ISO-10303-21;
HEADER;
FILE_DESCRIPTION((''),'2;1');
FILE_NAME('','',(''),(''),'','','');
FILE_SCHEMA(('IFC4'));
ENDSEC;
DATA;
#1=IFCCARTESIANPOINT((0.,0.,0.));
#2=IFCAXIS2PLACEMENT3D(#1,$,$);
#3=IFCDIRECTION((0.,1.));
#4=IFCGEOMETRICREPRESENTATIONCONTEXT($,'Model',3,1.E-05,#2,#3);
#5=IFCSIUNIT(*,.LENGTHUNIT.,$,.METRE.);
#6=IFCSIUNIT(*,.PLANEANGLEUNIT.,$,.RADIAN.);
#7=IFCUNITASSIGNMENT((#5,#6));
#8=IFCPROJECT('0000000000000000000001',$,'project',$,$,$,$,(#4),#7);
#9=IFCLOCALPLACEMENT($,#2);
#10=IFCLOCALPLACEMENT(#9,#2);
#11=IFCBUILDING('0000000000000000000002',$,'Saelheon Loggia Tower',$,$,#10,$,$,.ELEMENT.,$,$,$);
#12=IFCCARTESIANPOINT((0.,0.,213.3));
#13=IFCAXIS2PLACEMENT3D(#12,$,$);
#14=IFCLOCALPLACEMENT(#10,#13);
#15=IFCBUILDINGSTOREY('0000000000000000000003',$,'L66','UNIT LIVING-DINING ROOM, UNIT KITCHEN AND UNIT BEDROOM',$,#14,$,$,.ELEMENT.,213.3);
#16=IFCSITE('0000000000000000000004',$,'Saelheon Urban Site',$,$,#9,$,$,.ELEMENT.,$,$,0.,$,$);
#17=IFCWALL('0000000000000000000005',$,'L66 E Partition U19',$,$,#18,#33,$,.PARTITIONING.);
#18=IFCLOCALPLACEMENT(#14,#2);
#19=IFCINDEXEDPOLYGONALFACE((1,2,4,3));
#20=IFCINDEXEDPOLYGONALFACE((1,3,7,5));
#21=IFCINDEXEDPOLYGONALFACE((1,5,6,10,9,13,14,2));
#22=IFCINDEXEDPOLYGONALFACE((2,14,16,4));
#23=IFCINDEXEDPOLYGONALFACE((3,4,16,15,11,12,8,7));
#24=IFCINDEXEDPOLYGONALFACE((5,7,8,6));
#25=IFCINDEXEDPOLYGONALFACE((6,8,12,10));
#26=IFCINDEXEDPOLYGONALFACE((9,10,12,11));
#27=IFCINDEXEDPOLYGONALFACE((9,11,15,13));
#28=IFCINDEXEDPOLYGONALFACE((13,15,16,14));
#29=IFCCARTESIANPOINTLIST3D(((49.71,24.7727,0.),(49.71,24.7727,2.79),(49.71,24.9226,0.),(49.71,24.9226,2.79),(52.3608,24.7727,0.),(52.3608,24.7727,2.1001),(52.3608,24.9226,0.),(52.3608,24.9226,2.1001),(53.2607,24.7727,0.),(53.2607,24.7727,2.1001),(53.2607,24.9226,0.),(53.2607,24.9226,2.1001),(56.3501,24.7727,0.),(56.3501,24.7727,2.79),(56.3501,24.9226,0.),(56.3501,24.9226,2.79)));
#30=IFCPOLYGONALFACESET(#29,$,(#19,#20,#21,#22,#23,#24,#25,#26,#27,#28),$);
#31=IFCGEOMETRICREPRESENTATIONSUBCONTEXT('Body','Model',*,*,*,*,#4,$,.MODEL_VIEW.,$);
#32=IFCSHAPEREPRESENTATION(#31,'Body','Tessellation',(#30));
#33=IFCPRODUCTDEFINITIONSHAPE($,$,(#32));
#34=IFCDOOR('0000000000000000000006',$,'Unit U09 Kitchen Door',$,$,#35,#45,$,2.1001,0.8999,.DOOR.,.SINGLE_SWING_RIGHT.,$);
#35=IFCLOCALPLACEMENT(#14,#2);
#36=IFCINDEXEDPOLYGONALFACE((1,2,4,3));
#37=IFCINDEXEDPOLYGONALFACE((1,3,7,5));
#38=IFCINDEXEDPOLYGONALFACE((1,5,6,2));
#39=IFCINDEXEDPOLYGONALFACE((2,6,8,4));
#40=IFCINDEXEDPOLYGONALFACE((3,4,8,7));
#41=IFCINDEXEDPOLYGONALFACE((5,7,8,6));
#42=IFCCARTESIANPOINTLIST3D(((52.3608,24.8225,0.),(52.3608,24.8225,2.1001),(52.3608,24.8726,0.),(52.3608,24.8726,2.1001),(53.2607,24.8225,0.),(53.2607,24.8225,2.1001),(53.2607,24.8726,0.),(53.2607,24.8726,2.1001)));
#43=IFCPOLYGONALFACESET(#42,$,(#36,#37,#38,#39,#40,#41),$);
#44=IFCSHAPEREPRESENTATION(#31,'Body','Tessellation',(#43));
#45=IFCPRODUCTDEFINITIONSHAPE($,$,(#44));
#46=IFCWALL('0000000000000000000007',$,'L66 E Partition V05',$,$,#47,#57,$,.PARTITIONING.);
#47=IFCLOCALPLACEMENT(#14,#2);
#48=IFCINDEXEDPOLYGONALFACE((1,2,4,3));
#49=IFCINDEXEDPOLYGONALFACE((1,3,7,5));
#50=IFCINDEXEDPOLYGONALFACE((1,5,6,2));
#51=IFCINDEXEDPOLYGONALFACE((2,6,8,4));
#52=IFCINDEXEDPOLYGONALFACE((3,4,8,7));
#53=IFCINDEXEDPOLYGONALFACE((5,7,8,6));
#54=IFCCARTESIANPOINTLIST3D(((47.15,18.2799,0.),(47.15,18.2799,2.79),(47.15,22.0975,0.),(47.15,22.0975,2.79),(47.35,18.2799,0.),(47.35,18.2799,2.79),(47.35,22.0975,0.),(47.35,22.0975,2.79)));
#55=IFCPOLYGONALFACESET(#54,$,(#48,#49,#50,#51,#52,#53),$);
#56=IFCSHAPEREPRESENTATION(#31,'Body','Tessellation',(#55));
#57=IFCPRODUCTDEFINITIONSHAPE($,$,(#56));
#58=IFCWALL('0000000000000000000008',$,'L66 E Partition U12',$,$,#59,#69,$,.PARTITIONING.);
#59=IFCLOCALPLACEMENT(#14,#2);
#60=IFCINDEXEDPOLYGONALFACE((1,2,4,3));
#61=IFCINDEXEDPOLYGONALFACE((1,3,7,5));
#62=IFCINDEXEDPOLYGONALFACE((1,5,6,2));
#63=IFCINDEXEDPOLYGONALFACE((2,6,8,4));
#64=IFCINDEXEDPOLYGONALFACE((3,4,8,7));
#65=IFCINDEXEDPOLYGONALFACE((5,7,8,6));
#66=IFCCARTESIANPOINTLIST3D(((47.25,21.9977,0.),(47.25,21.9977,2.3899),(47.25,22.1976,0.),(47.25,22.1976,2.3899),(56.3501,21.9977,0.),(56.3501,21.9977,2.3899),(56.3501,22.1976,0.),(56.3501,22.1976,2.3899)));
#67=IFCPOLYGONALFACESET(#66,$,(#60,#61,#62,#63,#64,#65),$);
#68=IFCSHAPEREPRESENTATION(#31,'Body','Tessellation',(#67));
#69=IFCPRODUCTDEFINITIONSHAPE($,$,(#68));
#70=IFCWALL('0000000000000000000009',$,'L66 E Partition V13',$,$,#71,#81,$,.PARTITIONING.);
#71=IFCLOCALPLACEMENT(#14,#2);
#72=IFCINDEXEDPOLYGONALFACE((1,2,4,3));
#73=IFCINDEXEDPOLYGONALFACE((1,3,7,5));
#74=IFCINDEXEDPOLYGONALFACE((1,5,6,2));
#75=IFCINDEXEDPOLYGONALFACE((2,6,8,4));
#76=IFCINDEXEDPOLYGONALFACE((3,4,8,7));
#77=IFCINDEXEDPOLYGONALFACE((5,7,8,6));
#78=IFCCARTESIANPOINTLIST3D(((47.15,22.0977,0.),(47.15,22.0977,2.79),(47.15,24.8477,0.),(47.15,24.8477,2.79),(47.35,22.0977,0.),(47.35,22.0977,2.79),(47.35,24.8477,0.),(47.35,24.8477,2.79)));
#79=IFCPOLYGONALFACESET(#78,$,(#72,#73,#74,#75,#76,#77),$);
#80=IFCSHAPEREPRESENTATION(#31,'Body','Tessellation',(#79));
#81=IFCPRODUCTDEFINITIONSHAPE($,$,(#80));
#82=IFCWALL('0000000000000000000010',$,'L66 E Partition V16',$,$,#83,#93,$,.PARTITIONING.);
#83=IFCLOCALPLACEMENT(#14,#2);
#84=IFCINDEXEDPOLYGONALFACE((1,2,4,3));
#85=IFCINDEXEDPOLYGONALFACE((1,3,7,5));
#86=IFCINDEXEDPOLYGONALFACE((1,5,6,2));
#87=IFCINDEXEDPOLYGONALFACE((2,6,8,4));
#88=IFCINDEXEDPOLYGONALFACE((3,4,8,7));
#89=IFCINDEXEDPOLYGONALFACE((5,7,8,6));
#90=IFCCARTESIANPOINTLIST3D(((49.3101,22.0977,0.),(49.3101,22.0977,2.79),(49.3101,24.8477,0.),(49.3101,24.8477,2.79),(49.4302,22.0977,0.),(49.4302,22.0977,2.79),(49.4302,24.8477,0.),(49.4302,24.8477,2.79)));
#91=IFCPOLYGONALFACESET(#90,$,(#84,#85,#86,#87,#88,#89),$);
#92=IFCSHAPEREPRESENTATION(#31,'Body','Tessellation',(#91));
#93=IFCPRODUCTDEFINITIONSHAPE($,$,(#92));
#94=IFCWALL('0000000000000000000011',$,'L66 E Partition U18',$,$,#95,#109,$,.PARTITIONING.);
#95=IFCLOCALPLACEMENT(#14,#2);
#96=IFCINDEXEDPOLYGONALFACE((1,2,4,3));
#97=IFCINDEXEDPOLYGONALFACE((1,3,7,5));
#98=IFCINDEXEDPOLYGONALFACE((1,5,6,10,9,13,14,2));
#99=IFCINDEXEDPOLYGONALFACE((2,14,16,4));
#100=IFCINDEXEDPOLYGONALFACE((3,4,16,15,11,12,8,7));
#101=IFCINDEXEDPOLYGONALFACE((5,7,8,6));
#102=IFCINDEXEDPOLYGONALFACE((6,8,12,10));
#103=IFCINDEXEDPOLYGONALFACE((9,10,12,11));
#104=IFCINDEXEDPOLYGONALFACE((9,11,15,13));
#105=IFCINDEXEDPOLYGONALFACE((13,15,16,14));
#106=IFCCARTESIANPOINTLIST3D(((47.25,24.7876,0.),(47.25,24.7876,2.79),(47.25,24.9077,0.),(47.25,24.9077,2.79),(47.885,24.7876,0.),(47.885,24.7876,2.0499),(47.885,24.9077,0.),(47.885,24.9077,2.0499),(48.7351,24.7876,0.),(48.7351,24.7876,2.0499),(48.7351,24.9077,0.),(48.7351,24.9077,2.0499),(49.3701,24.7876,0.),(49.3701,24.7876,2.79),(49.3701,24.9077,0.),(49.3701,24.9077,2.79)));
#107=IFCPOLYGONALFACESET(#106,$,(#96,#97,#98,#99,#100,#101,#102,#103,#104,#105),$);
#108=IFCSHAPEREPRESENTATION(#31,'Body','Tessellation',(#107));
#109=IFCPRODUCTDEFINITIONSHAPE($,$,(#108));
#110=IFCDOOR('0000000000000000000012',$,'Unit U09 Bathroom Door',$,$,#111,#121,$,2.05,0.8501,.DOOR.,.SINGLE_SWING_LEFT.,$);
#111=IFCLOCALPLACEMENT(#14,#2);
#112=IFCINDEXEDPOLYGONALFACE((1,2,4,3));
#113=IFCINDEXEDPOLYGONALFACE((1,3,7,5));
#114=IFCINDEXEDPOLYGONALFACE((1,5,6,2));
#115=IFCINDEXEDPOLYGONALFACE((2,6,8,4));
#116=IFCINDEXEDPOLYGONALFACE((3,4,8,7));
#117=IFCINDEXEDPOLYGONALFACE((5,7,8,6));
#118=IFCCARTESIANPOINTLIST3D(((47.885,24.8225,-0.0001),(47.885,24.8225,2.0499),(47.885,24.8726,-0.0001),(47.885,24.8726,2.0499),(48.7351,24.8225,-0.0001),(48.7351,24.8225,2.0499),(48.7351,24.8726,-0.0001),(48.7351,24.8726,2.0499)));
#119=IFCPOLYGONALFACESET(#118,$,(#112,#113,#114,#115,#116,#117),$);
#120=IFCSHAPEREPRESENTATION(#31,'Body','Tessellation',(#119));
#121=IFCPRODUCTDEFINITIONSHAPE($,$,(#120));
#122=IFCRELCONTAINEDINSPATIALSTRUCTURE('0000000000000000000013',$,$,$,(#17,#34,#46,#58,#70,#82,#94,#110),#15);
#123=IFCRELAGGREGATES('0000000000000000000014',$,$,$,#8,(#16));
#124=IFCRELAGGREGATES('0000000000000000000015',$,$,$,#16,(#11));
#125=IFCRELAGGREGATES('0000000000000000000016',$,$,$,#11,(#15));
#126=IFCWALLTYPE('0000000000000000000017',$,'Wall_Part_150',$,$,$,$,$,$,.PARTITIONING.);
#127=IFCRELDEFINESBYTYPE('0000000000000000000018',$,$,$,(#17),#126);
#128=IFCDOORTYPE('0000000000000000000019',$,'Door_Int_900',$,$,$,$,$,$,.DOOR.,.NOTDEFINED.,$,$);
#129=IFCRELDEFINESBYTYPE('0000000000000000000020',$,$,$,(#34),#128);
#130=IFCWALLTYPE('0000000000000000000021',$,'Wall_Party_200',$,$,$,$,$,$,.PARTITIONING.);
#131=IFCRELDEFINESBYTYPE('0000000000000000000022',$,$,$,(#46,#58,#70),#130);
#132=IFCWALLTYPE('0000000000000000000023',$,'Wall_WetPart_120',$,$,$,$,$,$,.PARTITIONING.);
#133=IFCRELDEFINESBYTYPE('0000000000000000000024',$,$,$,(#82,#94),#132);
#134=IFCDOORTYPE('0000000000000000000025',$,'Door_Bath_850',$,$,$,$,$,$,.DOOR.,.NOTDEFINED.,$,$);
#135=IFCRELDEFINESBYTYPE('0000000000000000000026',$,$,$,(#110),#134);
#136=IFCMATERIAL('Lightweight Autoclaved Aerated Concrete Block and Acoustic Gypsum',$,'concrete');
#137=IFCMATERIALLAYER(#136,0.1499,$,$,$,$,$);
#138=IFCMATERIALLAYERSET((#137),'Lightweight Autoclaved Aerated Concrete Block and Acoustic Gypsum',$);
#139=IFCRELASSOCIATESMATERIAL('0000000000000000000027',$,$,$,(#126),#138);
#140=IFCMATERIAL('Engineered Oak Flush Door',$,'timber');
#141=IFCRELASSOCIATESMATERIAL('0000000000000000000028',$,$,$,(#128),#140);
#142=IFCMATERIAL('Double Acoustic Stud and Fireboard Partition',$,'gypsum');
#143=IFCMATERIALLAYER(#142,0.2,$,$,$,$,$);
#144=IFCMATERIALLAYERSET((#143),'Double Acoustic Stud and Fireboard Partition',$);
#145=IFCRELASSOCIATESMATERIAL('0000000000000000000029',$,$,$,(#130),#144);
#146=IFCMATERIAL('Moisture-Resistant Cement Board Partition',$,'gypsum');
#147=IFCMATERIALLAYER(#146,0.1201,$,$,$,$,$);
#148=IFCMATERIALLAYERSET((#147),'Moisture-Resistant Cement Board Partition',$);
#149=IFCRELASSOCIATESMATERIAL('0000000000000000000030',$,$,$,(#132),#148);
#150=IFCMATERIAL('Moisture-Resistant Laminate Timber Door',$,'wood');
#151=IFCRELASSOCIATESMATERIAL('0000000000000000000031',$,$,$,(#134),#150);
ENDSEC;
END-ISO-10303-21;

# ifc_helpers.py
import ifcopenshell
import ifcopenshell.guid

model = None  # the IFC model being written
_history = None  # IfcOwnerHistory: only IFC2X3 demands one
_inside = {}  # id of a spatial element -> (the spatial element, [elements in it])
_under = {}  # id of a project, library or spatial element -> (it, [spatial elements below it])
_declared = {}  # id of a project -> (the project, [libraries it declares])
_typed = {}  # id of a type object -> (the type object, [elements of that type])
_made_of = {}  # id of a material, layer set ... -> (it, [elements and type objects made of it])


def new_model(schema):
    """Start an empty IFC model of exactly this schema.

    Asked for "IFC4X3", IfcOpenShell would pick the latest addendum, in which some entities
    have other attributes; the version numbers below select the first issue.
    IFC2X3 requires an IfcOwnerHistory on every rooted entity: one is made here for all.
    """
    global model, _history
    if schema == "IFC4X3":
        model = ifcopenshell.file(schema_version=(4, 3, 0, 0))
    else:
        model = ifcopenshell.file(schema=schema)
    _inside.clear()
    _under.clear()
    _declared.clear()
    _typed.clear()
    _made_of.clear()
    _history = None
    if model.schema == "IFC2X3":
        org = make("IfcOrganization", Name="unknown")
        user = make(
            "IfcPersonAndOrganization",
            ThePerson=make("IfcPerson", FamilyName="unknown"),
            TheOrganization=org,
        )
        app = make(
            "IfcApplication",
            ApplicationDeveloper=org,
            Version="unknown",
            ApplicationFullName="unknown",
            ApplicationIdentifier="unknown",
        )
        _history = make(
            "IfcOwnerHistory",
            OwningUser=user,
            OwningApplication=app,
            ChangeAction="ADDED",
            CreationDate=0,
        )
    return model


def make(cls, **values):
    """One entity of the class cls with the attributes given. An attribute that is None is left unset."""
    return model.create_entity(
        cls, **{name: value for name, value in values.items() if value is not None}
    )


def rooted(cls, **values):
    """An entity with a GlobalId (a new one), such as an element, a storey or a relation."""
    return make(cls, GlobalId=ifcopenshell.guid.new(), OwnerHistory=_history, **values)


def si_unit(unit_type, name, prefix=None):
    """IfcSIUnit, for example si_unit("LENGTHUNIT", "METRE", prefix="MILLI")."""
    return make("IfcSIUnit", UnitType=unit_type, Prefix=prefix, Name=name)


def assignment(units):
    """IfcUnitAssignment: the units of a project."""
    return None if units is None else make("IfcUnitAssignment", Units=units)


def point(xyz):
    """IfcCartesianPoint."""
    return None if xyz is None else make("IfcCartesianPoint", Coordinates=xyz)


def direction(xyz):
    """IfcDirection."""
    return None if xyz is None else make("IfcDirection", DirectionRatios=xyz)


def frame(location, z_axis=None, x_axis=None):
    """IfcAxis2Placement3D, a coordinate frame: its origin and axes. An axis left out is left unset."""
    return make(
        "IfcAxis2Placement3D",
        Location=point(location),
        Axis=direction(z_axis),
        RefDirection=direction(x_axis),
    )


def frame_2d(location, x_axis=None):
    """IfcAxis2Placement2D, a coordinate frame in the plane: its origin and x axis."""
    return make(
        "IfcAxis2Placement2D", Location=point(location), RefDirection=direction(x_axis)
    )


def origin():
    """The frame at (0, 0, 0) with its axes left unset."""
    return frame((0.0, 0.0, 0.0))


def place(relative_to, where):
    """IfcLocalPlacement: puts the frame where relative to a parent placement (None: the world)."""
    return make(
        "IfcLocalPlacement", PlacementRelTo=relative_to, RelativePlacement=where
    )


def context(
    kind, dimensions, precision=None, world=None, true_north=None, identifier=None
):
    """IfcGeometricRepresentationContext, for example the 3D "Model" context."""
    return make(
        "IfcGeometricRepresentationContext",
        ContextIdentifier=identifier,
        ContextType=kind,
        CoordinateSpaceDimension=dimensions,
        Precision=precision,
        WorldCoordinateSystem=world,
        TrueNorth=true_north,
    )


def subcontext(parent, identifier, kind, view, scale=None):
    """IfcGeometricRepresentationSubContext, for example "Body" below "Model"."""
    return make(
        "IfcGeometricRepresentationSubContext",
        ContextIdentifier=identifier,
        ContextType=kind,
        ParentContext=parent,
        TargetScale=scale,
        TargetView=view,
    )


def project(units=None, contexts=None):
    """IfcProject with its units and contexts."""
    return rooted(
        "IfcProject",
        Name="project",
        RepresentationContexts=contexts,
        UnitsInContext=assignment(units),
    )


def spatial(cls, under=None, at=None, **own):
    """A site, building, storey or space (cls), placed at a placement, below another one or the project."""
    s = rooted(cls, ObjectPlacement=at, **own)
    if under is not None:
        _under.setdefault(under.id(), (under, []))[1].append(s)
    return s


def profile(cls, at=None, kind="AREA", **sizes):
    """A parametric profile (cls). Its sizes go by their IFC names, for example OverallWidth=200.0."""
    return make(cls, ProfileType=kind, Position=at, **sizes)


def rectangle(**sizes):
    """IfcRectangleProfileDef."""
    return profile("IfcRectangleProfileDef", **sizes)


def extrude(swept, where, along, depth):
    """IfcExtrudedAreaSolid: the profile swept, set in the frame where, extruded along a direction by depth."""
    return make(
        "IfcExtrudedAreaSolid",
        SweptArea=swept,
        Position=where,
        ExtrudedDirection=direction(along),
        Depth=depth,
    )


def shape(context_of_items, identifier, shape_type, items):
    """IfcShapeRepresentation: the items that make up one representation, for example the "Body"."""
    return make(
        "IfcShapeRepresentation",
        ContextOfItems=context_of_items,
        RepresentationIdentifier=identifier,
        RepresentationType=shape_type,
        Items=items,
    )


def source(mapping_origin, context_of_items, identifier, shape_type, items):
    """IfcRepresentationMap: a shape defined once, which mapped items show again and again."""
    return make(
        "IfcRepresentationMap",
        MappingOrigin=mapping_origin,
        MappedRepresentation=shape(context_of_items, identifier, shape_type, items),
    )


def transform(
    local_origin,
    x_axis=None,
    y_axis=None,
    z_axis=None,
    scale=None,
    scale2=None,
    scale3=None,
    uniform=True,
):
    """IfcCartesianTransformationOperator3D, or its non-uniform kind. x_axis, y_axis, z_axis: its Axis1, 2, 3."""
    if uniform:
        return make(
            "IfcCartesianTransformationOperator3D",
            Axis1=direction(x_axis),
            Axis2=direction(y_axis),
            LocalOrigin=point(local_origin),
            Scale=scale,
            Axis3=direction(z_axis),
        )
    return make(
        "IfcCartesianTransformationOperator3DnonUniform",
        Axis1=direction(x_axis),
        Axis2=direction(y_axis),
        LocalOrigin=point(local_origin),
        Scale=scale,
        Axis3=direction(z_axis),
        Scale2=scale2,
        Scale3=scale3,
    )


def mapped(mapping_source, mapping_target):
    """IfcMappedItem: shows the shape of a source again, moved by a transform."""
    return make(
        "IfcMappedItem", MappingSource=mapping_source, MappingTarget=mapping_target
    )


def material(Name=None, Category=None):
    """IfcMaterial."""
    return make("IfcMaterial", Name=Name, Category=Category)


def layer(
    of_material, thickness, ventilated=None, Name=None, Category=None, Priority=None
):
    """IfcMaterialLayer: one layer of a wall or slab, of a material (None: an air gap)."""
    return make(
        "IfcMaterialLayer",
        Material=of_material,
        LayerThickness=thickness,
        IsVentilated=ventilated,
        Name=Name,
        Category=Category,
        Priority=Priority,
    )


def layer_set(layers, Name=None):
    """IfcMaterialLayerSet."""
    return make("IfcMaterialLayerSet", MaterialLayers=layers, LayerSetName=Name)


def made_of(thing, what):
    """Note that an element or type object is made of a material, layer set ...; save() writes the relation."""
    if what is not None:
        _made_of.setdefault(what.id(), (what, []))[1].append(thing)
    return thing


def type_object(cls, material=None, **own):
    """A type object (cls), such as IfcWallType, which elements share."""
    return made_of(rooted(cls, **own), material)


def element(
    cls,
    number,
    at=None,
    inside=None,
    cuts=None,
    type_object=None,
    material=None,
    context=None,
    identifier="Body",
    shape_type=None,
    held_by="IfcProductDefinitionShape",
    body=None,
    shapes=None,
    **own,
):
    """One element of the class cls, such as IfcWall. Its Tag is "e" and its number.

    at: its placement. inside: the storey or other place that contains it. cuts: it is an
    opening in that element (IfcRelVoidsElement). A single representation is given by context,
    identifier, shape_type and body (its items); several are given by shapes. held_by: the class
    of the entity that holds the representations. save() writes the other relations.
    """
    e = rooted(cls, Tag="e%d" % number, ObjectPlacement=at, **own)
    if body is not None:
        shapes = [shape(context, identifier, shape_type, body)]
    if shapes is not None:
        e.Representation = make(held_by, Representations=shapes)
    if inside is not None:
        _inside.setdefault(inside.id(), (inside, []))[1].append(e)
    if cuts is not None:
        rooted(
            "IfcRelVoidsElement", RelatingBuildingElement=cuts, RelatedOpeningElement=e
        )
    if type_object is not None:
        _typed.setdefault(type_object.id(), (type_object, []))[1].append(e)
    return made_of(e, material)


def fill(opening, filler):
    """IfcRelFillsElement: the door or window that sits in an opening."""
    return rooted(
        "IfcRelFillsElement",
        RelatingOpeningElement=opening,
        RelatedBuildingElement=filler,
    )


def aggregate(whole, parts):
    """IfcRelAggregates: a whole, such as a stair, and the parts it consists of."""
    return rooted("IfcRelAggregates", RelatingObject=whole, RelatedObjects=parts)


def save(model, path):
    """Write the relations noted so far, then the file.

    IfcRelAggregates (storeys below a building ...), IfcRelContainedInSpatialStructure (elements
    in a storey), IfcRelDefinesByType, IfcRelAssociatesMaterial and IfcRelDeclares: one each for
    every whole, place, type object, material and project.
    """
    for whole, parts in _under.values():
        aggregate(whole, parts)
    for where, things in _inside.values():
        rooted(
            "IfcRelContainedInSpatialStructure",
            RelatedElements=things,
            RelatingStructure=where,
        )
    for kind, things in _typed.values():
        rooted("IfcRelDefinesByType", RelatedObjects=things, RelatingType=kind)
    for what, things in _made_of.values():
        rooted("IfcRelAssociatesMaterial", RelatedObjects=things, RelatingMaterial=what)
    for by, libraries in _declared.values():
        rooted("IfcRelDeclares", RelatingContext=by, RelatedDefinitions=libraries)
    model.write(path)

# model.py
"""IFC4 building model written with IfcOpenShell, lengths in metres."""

from ifc_helpers import new_model, si_unit, direction, frame, frame_2d, origin, place, context, subcontext, project, spatial, rectangle, extrude, source, transform, mapped, material, layer, layer_set, type_object, element, fill, save


model = new_model("IFC4")

# Units and contexts
model_context = context("Model", 3, precision=1e-05, world=origin(), true_north=direction((0.0, 1.0)))
body_context = subcontext(model_context, "Body", "Model", "MODEL_VIEW")
ifc_project = project(units=[si_unit("LENGTHUNIT", "METRE"), si_unit("PLANEANGLEUNIT", "RADIAN")], contexts=[model_context])

# Site, building, storey
site_placement = place(None, origin())
site = spatial("IfcSite", under=ifc_project, at=site_placement, Name="Saelheon Urban Site", CompositionType="ELEMENT", RefElevation=0.0)
building_placement = place(site_placement, origin())
building = spatial("IfcBuilding", under=site, at=building_placement, Name="Saelheon Loggia Tower", CompositionType="ELEMENT")
storey_placement = place(building_placement, frame((0.0, 0.0, 213.3)))
storey = spatial("IfcBuildingStorey", under=building, at=storey_placement, Name="L66", Description="UNIT LIVING-DINING ROOM, UNIT KITCHEN AND UNIT BEDROOM", CompositionType="ELEMENT", Elevation=213.3)

# Shared definitions
ifc_material_1 = material(Name="Lightweight Autoclaved Aerated Concrete Block and Acoustic Gypsum", Category="concrete")
ifc_layer_1 = layer(ifc_material_1, 0.1499)
ifc_layer_set_1 = layer_set([ifc_layer_1], Name="Lightweight Autoclaved Aerated Concrete Block and Acoustic Gypsum")
wall_type_1 = type_object("IfcWallType", Name="Wall_Part_150", PredefinedType="PARTITIONING", material=ifc_layer_set_1)

# Wall, opening, door
ifc_material_2 = material(Name="Engineered Oak Flush Door", Category="timber")
door_type_1 = type_object("IfcDoorType", Name="Door_Int_900", OperationType="NOTDEFINED", PredefinedType="DOOR", material=ifc_material_2)
shared_shape_1 = source(origin(), body_context, "Body", "SweptSolid", [
    extrude(rectangle(XDim=0.8999, YDim=2.1001, at=frame_2d((0.45, 1.05))), frame((0.0, 0.0249, 0.0), z_axis=(0.0, -1.0, 0.0), x_axis=(1.0, 0.0, 0.0)), (0.0, 0.0, 1.0), 0.05),
])
wall_1_placement = place(storey_placement, frame((49.71, 24.8477, 0.0), z_axis=(0.0, 0.0, 1.0), x_axis=(1.0, 0.0, 0.0)))
wall_1 = element("IfcWall", 1, at=wall_1_placement, inside=storey, type_object=wall_type_1, Name="L66 E Partition U19", PredefinedType="PARTITIONING", context=body_context, shape_type="SweptSolid", body=[
    extrude(rectangle(XDim=6.6401, YDim=0.1499, at=frame_2d((3.3201, 0.0))), origin(), (0.0, 0.0, 1.0), 2.79),
])
opening_1_placement = place(wall_1_placement, frame((2.6509, 0.0, 0.0)))
opening_1 = element("IfcOpeningElement", 2, at=opening_1_placement, cuts=wall_1, PredefinedType="OPENING", context=body_context, shape_type="SweptSolid", body=[
    extrude(rectangle(XDim=0.8999, YDim=2.1001, at=frame_2d((0.45, 1.05))), frame((0.0, 0.0869, 0.0), z_axis=(0.0, -1.0, 0.0), x_axis=(1.0, 0.0, 0.0)), (0.0, 0.0, 1.0), 0.1738),
])
door_1_placement = place(opening_1_placement, origin())
door_1 = element("IfcDoor", 3, at=door_1_placement, inside=storey, type_object=door_type_1, Name="Unit U09 Kitchen Door", OperationType="SINGLE_SWING_RIGHT", OverallHeight=2.1001, OverallWidth=0.8999, PredefinedType="DOOR", context=body_context, shape_type="MappedRepresentation", body=[
    mapped(shared_shape_1, transform((0.0, 0.0, 0.0), scale=1.0)),
])
fill(opening_1, door_1)

# Walls
ifc_material_3 = material(Name="Double Acoustic Stud and Fireboard Partition", Category="gypsum")
ifc_layer_2 = layer(ifc_material_3, 0.2)
ifc_layer_set_2 = layer_set([ifc_layer_2], Name="Double Acoustic Stud and Fireboard Partition")
wall_type_2 = type_object("IfcWallType", Name="Wall_Party_200", PredefinedType="PARTITIONING", material=ifc_layer_set_2)
wall_2_placement = place(storey_placement, frame((47.25, 18.28, 0.0), z_axis=(0.0, 0.0, 1.0), x_axis=(0.0, 1.0, 0.0)))
element("IfcWall", 4, at=wall_2_placement, inside=storey, type_object=wall_type_2, Name="L66 E Partition V05", PredefinedType="PARTITIONING", context=body_context, shape_type="SweptSolid", body=[
    extrude(rectangle(XDim=3.8176, YDim=0.2, at=frame_2d((1.9087, 0.0))), origin(), (0.0, 0.0, 1.0), 2.79),
])
wall_3_placement = place(storey_placement, frame((47.25, 22.0977, 0.0), z_axis=(0.0, 0.0, 1.0), x_axis=(1.0, 0.0, 0.0)))
element("IfcWall", 5, at=wall_3_placement, inside=storey, type_object=wall_type_2, Name="L66 E Partition U12", PredefinedType="PARTITIONING", context=body_context, shape_type="SweptSolid", body=[
    extrude(rectangle(XDim=9.1001, YDim=0.2, at=frame_2d((4.55, 0.0))), origin(), (0.0, 0.0, 1.0), 2.3899),
])
wall_4_placement = place(storey_placement, frame((47.25, 22.0977, 0.0), z_axis=(0.0, 0.0, 1.0), x_axis=(0.0, 1.0, 0.0)))
element("IfcWall", 6, at=wall_4_placement, inside=storey, type_object=wall_type_2, Name="L66 E Partition V13", PredefinedType="PARTITIONING", context=body_context, shape_type="SweptSolid", body=[
    extrude(rectangle(XDim=2.75, YDim=0.2, at=frame_2d((1.375, 0.0))), origin(), (0.0, 0.0, 1.0), 2.79),
])

# Wall
ifc_material_4 = material(Name="Moisture-Resistant Cement Board Partition", Category="gypsum")
ifc_layer_3 = layer(ifc_material_4, 0.1201)
ifc_layer_set_3 = layer_set([ifc_layer_3], Name="Moisture-Resistant Cement Board Partition")
wall_type_3 = type_object("IfcWallType", Name="Wall_WetPart_120", PredefinedType="PARTITIONING", material=ifc_layer_set_3)
wall_5_placement = place(storey_placement, frame((49.3701, 22.0977, 0.0), z_axis=(0.0, 0.0, 1.0), x_axis=(0.0, 1.0, 0.0)))
element("IfcWall", 7, at=wall_5_placement, inside=storey, type_object=wall_type_3, Name="L66 E Partition V16", PredefinedType="PARTITIONING", context=body_context, shape_type="SweptSolid", body=[
    extrude(rectangle(XDim=2.75, YDim=0.1201, at=frame_2d((1.375, 0.0))), origin(), (0.0, 0.0, 1.0), 2.79),
])

# Wall, opening, door
wall_6_placement = place(storey_placement, frame((47.25, 24.8477, 0.0), z_axis=(0.0, 0.0, 1.0), x_axis=(1.0, 0.0, 0.0)))
wall_6 = element("IfcWall", 8, at=wall_6_placement, inside=storey, type_object=wall_type_3, Name="L66 E Partition U18", PredefinedType="PARTITIONING", context=body_context, shape_type="SweptSolid", body=[
    extrude(rectangle(XDim=2.1201, YDim=0.1201, at=frame_2d((1.0601, 0.0))), origin(), (0.0, 0.0, 1.0), 2.79),
])
opening_2_placement = place(wall_6_placement, frame((0.635, 0.0, 0.0)))
opening_2 = element("IfcOpeningElement", 9, at=opening_2_placement, cuts=wall_6, PredefinedType="OPENING", context=body_context, shape_type="SweptSolid", body=[
    extrude(rectangle(XDim=0.8501, YDim=2.05, at=frame_2d((0.425, 1.0249))), frame((0.0, 0.072, 0.0), z_axis=(0.0, -1.0, 0.0), x_axis=(1.0, 0.0, 0.0)), (0.0, 0.0, 1.0), 0.144),
])
ifc_material_5 = material(Name="Moisture-Resistant Laminate Timber Door", Category="wood")
door_type_2 = type_object("IfcDoorType", Name="Door_Bath_850", OperationType="NOTDEFINED", PredefinedType="DOOR", material=ifc_material_5)
shared_shape_2 = source(origin(), body_context, "Body", "SweptSolid", [
    extrude(rectangle(XDim=0.8501, YDim=2.05, at=frame_2d((0.425, 1.0249))), frame((0.0, 0.0249, 0.0), z_axis=(0.0, -1.0, 0.0), x_axis=(1.0, 0.0, 0.0)), (0.0, 0.0, 1.0), 0.05),
])
door_2_placement = place(opening_2_placement, origin())
door_2 = element("IfcDoor", 10, at=door_2_placement, inside=storey, type_object=door_type_2, Name="Unit U09 Bathroom Door", OperationType="SINGLE_SWING_LEFT", OverallHeight=2.05, OverallWidth=0.8501, PredefinedType="DOOR", context=body_context, shape_type="MappedRepresentation", body=[
    mapped(shared_shape_2, transform((0.0, 0.0, 0.0), scale=1.0)),
])
fill(opening_2, door_2)

save(model, "model.ifc")
